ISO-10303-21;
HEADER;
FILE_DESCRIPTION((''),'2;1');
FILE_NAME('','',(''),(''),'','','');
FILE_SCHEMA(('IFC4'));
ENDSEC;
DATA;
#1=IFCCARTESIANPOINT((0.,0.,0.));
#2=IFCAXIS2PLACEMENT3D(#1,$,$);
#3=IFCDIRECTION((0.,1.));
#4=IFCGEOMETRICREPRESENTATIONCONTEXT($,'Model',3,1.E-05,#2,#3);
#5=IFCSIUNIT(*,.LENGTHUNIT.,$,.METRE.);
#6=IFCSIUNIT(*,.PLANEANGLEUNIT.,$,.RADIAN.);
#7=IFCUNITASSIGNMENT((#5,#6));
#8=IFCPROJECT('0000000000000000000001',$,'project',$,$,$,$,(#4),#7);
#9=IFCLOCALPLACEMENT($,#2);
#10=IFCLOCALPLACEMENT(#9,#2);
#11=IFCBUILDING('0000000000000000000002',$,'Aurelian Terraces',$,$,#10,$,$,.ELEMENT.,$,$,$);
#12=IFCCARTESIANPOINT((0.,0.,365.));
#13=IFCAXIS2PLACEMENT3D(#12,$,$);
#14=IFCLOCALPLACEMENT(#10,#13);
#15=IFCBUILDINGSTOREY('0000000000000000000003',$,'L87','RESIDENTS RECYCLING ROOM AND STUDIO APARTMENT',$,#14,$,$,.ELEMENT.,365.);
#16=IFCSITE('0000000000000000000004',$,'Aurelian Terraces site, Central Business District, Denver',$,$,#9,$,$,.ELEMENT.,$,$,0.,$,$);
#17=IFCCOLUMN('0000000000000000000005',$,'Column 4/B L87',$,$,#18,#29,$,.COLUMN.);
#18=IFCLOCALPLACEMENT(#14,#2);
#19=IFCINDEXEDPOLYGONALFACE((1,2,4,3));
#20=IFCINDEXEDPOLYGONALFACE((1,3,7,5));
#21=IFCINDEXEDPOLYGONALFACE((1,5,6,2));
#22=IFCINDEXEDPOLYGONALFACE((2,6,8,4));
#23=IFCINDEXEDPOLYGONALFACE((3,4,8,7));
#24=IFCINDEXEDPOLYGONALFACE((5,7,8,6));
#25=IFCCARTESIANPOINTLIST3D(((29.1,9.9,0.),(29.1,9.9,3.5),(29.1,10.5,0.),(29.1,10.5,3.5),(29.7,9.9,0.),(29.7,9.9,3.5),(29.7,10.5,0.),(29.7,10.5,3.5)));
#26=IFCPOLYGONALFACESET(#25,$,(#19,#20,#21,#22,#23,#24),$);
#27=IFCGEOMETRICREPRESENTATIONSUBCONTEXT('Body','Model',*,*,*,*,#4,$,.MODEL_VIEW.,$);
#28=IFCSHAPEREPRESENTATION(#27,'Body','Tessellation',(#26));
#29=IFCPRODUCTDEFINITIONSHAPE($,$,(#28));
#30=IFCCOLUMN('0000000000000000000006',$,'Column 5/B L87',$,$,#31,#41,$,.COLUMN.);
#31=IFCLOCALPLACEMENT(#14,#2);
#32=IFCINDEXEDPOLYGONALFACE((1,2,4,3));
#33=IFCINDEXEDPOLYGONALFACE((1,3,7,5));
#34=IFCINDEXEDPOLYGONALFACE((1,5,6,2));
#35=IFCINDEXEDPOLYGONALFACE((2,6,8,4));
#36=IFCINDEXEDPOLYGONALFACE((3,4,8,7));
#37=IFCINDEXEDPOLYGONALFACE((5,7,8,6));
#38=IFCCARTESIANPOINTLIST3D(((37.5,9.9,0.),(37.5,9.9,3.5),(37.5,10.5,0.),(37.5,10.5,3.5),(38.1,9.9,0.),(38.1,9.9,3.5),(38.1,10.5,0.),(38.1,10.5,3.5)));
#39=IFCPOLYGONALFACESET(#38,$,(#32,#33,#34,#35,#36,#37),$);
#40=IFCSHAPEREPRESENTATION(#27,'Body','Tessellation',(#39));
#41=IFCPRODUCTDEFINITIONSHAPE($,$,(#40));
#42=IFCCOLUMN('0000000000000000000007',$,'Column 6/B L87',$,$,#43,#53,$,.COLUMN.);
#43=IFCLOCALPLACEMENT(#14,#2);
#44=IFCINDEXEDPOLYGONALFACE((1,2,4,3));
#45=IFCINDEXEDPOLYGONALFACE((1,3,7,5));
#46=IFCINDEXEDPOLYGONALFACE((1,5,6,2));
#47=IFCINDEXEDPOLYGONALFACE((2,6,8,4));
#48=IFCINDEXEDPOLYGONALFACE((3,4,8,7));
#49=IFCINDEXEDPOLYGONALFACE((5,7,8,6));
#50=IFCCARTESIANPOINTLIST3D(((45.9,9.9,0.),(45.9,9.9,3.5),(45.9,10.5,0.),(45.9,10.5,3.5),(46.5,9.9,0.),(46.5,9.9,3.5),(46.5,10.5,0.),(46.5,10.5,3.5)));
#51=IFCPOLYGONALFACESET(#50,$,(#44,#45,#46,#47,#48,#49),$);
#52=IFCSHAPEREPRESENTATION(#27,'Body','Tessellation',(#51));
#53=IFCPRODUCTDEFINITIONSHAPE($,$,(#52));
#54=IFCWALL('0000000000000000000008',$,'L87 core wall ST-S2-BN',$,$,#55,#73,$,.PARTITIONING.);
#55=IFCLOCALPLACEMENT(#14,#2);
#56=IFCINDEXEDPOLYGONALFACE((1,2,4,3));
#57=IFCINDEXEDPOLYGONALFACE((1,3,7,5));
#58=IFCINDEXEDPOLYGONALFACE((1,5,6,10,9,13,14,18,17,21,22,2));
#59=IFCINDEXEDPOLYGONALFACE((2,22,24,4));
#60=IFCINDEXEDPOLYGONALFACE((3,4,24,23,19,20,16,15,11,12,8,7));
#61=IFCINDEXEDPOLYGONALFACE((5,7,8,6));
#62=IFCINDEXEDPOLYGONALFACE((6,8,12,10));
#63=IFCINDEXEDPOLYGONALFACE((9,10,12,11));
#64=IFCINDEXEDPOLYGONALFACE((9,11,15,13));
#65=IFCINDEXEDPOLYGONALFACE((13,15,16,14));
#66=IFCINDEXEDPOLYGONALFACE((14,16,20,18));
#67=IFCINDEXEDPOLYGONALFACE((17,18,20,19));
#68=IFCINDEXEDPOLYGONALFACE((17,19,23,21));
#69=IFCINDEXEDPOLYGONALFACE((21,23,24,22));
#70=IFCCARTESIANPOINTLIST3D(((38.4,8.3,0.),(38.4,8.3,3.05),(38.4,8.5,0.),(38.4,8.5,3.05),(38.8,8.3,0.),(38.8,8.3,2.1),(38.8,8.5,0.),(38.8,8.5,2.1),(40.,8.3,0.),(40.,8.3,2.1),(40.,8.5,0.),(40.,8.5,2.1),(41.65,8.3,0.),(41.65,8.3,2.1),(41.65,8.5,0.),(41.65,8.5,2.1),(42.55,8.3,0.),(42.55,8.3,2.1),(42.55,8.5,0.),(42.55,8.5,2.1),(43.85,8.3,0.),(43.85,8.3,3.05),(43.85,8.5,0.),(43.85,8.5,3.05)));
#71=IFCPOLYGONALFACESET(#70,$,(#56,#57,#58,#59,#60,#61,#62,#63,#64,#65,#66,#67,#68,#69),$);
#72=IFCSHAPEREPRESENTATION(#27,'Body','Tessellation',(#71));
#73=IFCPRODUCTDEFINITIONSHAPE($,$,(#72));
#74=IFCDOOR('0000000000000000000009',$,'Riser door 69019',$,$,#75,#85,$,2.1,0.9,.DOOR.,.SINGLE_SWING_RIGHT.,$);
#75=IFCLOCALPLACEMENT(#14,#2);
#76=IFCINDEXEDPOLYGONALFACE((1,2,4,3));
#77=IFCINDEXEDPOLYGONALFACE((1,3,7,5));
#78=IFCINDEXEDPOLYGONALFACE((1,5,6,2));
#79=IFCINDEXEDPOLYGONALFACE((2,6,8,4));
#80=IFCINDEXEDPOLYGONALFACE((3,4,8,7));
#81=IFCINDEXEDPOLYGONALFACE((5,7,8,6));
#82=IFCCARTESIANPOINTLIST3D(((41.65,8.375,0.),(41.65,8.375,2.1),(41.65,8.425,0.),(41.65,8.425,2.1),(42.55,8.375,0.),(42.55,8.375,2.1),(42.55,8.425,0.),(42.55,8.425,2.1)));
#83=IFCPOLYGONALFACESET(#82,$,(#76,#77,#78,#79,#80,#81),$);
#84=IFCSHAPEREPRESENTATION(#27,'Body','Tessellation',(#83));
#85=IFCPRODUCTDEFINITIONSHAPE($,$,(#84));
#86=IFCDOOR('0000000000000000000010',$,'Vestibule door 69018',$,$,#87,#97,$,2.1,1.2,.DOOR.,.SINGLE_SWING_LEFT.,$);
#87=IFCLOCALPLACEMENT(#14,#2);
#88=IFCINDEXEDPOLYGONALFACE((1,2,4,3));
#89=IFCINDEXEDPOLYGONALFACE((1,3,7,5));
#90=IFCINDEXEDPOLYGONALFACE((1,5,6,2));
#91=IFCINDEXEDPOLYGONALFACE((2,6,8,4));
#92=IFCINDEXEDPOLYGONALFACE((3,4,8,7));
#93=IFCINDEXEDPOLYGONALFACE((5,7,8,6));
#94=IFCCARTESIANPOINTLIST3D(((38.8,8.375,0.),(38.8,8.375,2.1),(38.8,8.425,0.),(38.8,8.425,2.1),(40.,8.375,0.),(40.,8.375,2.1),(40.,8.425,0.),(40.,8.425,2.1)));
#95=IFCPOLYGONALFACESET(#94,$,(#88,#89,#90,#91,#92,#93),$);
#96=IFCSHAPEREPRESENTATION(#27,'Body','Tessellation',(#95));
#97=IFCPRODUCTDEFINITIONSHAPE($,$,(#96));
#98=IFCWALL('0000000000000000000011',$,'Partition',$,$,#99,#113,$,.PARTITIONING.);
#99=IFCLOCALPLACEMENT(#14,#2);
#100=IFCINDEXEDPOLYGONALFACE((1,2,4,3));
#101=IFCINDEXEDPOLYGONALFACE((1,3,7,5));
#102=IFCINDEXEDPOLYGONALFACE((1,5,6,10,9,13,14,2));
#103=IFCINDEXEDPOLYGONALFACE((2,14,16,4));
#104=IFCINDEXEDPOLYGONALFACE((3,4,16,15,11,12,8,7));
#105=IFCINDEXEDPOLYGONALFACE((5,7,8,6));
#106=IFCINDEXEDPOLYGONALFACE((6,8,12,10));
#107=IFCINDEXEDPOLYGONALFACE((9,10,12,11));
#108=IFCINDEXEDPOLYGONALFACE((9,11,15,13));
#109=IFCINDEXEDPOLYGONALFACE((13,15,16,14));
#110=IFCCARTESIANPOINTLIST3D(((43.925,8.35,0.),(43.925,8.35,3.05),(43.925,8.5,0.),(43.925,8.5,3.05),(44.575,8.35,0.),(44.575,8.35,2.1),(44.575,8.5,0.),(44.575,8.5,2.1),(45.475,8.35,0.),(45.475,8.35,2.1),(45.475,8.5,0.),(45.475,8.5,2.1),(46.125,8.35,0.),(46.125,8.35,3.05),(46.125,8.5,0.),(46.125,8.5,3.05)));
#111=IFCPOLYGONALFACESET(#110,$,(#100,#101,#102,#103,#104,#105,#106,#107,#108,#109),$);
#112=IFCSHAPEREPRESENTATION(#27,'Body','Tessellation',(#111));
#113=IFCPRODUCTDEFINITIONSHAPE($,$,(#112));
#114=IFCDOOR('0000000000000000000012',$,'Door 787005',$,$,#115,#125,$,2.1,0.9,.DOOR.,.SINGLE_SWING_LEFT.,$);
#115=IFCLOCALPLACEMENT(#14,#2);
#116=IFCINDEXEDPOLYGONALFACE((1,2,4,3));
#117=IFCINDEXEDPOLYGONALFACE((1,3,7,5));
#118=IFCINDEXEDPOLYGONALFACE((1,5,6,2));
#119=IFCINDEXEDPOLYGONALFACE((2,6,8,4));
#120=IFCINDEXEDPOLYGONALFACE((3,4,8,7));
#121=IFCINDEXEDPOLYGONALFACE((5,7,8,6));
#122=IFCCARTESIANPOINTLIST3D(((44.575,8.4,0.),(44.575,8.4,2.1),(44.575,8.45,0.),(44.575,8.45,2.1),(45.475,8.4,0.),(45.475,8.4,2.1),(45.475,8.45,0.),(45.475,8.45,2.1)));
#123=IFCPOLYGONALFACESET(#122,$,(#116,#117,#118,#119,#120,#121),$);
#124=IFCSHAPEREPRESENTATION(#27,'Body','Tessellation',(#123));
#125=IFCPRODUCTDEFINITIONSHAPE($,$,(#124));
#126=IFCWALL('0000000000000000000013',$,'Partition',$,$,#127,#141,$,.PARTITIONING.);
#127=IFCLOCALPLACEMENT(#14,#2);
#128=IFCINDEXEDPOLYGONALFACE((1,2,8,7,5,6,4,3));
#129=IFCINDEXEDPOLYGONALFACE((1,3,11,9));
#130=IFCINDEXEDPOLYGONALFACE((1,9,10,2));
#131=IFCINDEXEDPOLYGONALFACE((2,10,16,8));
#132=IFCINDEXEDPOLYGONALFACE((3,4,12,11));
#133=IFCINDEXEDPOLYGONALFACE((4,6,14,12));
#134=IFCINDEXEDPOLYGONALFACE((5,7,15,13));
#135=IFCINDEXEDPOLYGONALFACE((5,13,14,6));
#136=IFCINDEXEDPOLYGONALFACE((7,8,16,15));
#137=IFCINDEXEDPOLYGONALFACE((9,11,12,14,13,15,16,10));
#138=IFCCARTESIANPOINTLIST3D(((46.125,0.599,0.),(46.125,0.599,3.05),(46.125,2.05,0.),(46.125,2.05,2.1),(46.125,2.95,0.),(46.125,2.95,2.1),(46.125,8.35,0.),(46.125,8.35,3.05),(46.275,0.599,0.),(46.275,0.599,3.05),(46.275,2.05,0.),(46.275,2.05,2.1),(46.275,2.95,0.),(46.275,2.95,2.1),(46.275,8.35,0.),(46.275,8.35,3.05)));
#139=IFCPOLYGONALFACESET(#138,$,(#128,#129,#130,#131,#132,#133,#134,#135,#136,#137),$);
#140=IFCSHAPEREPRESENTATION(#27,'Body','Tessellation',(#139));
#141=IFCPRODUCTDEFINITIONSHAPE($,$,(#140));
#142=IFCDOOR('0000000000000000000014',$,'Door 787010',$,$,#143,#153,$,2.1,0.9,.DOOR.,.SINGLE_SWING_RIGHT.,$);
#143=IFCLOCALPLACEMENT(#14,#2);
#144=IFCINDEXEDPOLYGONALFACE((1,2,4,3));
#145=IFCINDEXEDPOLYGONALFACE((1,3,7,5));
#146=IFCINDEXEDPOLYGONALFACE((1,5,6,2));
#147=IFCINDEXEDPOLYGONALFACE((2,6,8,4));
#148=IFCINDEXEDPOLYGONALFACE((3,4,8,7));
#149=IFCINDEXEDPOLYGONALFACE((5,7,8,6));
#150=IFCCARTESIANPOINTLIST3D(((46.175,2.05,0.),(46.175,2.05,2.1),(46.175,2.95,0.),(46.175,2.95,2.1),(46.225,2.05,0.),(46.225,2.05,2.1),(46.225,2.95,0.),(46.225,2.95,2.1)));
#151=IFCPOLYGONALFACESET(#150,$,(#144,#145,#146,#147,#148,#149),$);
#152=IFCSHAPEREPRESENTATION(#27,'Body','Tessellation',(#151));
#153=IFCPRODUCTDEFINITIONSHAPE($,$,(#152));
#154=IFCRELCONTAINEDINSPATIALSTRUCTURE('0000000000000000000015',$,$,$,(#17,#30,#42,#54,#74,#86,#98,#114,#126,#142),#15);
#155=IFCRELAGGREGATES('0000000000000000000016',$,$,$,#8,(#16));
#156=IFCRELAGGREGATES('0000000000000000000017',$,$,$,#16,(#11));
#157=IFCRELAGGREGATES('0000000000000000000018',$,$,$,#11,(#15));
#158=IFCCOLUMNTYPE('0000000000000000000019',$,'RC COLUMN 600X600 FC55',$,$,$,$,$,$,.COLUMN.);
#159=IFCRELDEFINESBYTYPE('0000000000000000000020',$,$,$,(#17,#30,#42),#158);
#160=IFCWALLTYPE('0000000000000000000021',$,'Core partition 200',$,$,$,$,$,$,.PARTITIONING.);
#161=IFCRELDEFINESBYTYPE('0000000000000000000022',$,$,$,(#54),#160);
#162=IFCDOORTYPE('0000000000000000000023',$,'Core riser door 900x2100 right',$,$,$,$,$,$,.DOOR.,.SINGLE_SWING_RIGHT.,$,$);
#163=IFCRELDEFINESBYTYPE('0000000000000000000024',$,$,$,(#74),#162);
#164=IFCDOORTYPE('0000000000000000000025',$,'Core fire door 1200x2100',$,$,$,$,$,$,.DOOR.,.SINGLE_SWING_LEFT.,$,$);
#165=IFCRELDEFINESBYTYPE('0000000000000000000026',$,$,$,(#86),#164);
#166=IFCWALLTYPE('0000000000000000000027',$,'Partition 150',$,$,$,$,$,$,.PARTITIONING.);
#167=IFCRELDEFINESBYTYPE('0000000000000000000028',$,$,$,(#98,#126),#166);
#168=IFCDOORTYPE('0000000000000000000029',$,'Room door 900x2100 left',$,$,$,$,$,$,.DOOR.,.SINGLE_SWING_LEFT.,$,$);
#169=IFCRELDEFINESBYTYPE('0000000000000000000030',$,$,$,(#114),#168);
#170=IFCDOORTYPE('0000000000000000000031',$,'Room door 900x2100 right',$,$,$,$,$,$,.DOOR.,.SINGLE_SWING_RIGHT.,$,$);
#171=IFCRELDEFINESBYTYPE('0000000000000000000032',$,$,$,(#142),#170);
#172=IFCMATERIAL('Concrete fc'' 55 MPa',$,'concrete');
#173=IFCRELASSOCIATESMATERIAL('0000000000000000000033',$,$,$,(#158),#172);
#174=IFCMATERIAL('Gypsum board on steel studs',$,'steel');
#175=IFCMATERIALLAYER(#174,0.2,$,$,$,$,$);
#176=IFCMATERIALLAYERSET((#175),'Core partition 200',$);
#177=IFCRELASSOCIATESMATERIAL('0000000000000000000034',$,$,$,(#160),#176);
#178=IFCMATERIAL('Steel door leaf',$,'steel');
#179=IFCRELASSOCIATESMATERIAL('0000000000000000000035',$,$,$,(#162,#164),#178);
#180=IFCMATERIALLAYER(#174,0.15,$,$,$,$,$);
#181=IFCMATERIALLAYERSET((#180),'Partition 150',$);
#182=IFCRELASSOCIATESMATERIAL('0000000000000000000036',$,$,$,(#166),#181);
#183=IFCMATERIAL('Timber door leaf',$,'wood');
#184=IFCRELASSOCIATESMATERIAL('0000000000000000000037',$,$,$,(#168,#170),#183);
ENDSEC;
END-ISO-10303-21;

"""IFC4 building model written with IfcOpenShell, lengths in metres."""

from ifc_helpers import new_model, si_unit, direction, frame, frame_2d, origin, origin_2d, place, context, subcontext, project, spatial, rectangle, extrude, source, transform, mapped, material, layer, layer_set, material_profile, profile_set, type_object, element, fill, save


model = new_model("IFC4")

# Units and contexts
model_context = context("Model", 3, precision=1e-05, world=origin(), true_north=direction((0.0, 1.0)))
body_context = subcontext(model_context, "Body", "Model", "MODEL_VIEW")
ifc_project = project(units=[si_unit("LENGTHUNIT", "METRE"), si_unit("PLANEANGLEUNIT", "RADIAN")], contexts=[model_context])

# Site, building, storey
site_placement = place(None, origin())
site = spatial("IfcSite", under=ifc_project, at=site_placement, Name="Aurelian Terraces site, Central Business District, Denver", CompositionType="ELEMENT", RefElevation=0.0)
building_placement = place(site_placement, origin())
building = spatial("IfcBuilding", under=site, at=building_placement, Name="Aurelian Terraces", CompositionType="ELEMENT")
storey_placement = place(building_placement, frame((0.0, 0.0, 365.0)))
storey = spatial("IfcBuildingStorey", under=building, at=storey_placement, Name="L87", Description="RESIDENTS RECYCLING ROOM AND STUDIO APARTMENT", CompositionType="ELEMENT", Elevation=365.0)

# Columns
ifc_material_1 = material(Name="Concrete fc' 55 MPa", Category="concrete")
ifc_material_profile = material_profile(ifc_material_1, rectangle(XDim=0.6, YDim=0.6, at=origin_2d()))
ifc_profile_set = profile_set([ifc_material_profile], Name="Concrete fc' 55 MPa")
column_type = type_object("IfcColumnType", Name="RC COLUMN 600X600 FC55", PredefinedType="COLUMN", material=ifc_profile_set)
shared_shape_1 = source(origin(), body_context, "Body", "SweptSolid", [
    extrude(rectangle(XDim=0.6, YDim=0.6, at=origin_2d()), origin(), (0.0, 0.0, 1.0), 3.5),
])
for number, where, z_axis, x_axis, name in (
    (1, (29.4, 10.2, 0.0), (0.0, 0.0, 1.0), (1.0, 0.0, 0.0), "Column 4/B L87"),
    (2, (37.8, 10.2, 0.0), (0.0, 0.0, 1.0), (1.0, 0.0, 0.0), "Column 5/B L87"),
    (3, (46.2, 10.2, 0.0), (0.0, 0.0, 1.0), (1.0, 0.0, 0.0), "Column 6/B L87"),
):
    element("IfcColumn", number, at=place(storey_placement, frame(where, z_axis=z_axis, x_axis=x_axis)), inside=storey, type_object=column_type, Name=name, PredefinedType="COLUMN", context=body_context, shape_type="MappedRepresentation", body=[
        mapped(shared_shape_1, transform((0.0, 0.0, 0.0), scale=1.0)),
    ])

# Wall, openings, doors
ifc_material_2 = material(Name="Gypsum board on steel studs", Category="steel")
ifc_layer_1 = layer(ifc_material_2, 0.2)
ifc_layer_set_1 = layer_set([ifc_layer_1], Name="Core partition 200")
wall_type_1 = type_object("IfcWallType", Name="Core partition 200", PredefinedType="PARTITIONING", material=ifc_layer_set_1)
wall_1_placement = place(storey_placement, frame((38.4, 8.4, 0.0), z_axis=(0.0, 0.0, 1.0), x_axis=(1.0, 0.0, 0.0)))
wall_1 = element("IfcWall", 4, at=wall_1_placement, inside=storey, type_object=wall_type_1, Name="L87 core wall ST-S2-BN", PredefinedType="PARTITIONING", context=body_context, shape_type="SweptSolid", body=[
    extrude(rectangle(XDim=5.45, YDim=0.2, at=frame_2d((2.725, 0.0))), origin(), (0.0, 0.0, 1.0), 3.05),
])
shared_shape_2 = source(origin(), body_context, "Body", "SweptSolid", [
    extrude(rectangle(XDim=1.2, YDim=2.1, at=frame_2d((0.6, 1.05))), frame((0.0, 0.11, 0.0), z_axis=(0.0, -1.0, 0.0), x_axis=(1.0, 0.0, 0.0)), (0.0, 0.0, 1.0), 0.22),
])
opening_1_placement = place(wall_1_placement, frame((0.4, 0.0, 0.0)))
opening_1 = element("IfcOpeningElement", 5, at=opening_1_placement, cuts=wall_1, PredefinedType="OPENING", context=body_context, shape_type="MappedRepresentation", body=[
    mapped(shared_shape_2, transform((0.0, 0.0, 0.0), scale=1.0)),
])
shared_shape_3 = source(origin(), body_context, "Body", "SweptSolid", [
    extrude(rectangle(XDim=0.9, YDim=2.1, at=frame_2d((0.45, 1.05))), frame((0.0, 0.11, 0.0), z_axis=(0.0, -1.0, 0.0), x_axis=(1.0, 0.0, 0.0)), (0.0, 0.0, 1.0), 0.22),
])
opening_2_placement = place(wall_1_placement, frame((3.25, 0.0, 0.0)))
opening_2 = element("IfcOpeningElement", 6, at=opening_2_placement, cuts=wall_1, PredefinedType="OPENING", context=body_context, shape_type="MappedRepresentation", body=[
    mapped(shared_shape_3, transform((0.0, 0.0, 0.0), scale=1.0)),
])
ifc_material_3 = material(Name="Steel door leaf", Category="steel")
door_type_1 = type_object("IfcDoorType", Name="Core riser door 900x2100 right", OperationType="SINGLE_SWING_RIGHT", PredefinedType="DOOR", material=ifc_material_3)
shared_shape_4 = source(origin(), body_context, "Body", "SweptSolid", [
    extrude(rectangle(XDim=0.9, YDim=2.1, at=frame_2d((0.45, 1.05))), frame((0.0, 0.025, 0.0), z_axis=(0.0, -1.0, 0.0), x_axis=(1.0, 0.0, 0.0)), (0.0, 0.0, 1.0), 0.05),
])
door_1_placement = place(opening_2_placement, origin())
door_1 = element("IfcDoor", 7, at=door_1_placement, inside=storey, type_object=door_type_1, Name="Riser door 69019", OperationType="SINGLE_SWING_RIGHT", OverallHeight=2.1, OverallWidth=0.9, PredefinedType="DOOR", context=body_context, shape_type="MappedRepresentation", body=[
    mapped(shared_shape_4, transform((0.0, 0.0, 0.0), scale=1.0)),
])
fill(opening_2, door_1)
door_type_2 = type_object("IfcDoorType", Name="Core fire door 1200x2100", OperationType="SINGLE_SWING_LEFT", PredefinedType="DOOR", material=ifc_material_3)
shared_shape_5 = source(origin(), body_context, "Body", "SweptSolid", [
    extrude(rectangle(XDim=1.2, YDim=2.1, at=frame_2d((0.6, 1.05))), frame((0.0, 0.025, 0.0), z_axis=(0.0, -1.0, 0.0), x_axis=(1.0, 0.0, 0.0)), (0.0, 0.0, 1.0), 0.05),
])
door_2_placement = place(opening_1_placement, origin())
door_2 = element("IfcDoor", 8, at=door_2_placement, inside=storey, type_object=door_type_2, Name="Vestibule door 69018", OperationType="SINGLE_SWING_LEFT", OverallHeight=2.1, OverallWidth=1.2, PredefinedType="DOOR", context=body_context, shape_type="MappedRepresentation", body=[
    mapped(shared_shape_5, transform((0.0, 0.0, 0.0), scale=1.0)),
])
fill(opening_1, door_2)

# Walls, openings, doors
ifc_layer_2 = layer(ifc_material_2, 0.15)
ifc_layer_set_2 = layer_set([ifc_layer_2], Name="Partition 150")
wall_type_2 = type_object("IfcWallType", Name="Partition 150", PredefinedType="PARTITIONING", material=ifc_layer_set_2)
wall_2_placement = place(storey_placement, frame((46.125, 8.425, 0.0), z_axis=(0.0, 0.0, 1.0), x_axis=(-1.0, 0.0, 0.0)))
wall_2 = element("IfcWall", 9, at=wall_2_placement, inside=storey, type_object=wall_type_2, Name="Partition", PredefinedType="PARTITIONING", context=body_context, shape_type="SweptSolid", body=[
    extrude(rectangle(XDim=2.2, YDim=0.15, at=frame_2d((1.1, 0.0))), origin(), (0.0, 0.0, 1.0), 3.05),
])
shared_shape_6 = source(origin(), body_context, "Body", "SweptSolid", [
    extrude(rectangle(XDim=0.9, YDim=2.1, at=frame_2d((0.45, 1.05))), frame((0.0, 0.085, 0.0), z_axis=(0.0, -1.0, 0.0), x_axis=(1.0, 0.0, 0.0)), (0.0, 0.0, 1.0), 0.17),
])
opening_3_placement = place(wall_2_placement, frame((0.65, 0.0, 0.0)))
opening_3 = element("IfcOpeningElement", 10, at=opening_3_placement, cuts=wall_2, PredefinedType="OPENING", context=body_context, shape_type="MappedRepresentation", body=[
    mapped(shared_shape_6, transform((0.0, 0.0, 0.0), scale=1.0)),
])
ifc_material_4 = material(Name="Timber door leaf", Category="wood")
door_type_3 = type_object("IfcDoorType", Name="Room door 900x2100 left", OperationType="SINGLE_SWING_LEFT", PredefinedType="DOOR", material=ifc_material_4)
door_3_placement = place(opening_3_placement, origin())
door_3 = element("IfcDoor", 11, at=door_3_placement, inside=storey, type_object=door_type_3, Name="Door 787005", OperationType="SINGLE_SWING_LEFT", OverallHeight=2.1, OverallWidth=0.9, PredefinedType="DOOR", context=body_context, shape_type="MappedRepresentation", body=[
    mapped(shared_shape_4, transform((0.0, 0.0, 0.0), scale=1.0)),
])
fill(opening_3, door_3)
wall_3_placement = place(storey_placement, frame((46.2, 8.35, 0.0), z_axis=(0.0, 0.0, 1.0), x_axis=(0.0, -1.0, 0.0)))
wall_3 = element("IfcWall", 12, at=wall_3_placement, inside=storey, type_object=wall_type_2, Name="Partition", PredefinedType="PARTITIONING", context=body_context, shape_type="SweptSolid", body=[
    extrude(rectangle(XDim=7.751, YDim=0.15, at=frame_2d((3.8755, 0.0))), origin(), (0.0, 0.0, 1.0), 3.05),
])
opening_4_placement = place(wall_3_placement, frame((5.4, 0.0, 0.0)))
opening_4 = element("IfcOpeningElement", 13, at=opening_4_placement, cuts=wall_3, PredefinedType="OPENING", context=body_context, shape_type="MappedRepresentation", body=[
    mapped(shared_shape_6, transform((0.0, 0.0, 0.0), scale=1.0)),
])
door_type_4 = type_object("IfcDoorType", Name="Room door 900x2100 right", OperationType="SINGLE_SWING_RIGHT", PredefinedType="DOOR", material=ifc_material_4)
door_4_placement = place(opening_4_placement, origin())
door_4 = element("IfcDoor", 14, at=door_4_placement, inside=storey, type_object=door_type_4, Name="Door 787010", OperationType="SINGLE_SWING_RIGHT", OverallHeight=2.1, OverallWidth=0.9, PredefinedType="DOOR", context=body_context, shape_type="MappedRepresentation", body=[
    mapped(shared_shape_4, transform((0.0, 0.0, 0.0), scale=1.0)),
])
fill(opening_4, door_4)

save(model, "model.ifc")
